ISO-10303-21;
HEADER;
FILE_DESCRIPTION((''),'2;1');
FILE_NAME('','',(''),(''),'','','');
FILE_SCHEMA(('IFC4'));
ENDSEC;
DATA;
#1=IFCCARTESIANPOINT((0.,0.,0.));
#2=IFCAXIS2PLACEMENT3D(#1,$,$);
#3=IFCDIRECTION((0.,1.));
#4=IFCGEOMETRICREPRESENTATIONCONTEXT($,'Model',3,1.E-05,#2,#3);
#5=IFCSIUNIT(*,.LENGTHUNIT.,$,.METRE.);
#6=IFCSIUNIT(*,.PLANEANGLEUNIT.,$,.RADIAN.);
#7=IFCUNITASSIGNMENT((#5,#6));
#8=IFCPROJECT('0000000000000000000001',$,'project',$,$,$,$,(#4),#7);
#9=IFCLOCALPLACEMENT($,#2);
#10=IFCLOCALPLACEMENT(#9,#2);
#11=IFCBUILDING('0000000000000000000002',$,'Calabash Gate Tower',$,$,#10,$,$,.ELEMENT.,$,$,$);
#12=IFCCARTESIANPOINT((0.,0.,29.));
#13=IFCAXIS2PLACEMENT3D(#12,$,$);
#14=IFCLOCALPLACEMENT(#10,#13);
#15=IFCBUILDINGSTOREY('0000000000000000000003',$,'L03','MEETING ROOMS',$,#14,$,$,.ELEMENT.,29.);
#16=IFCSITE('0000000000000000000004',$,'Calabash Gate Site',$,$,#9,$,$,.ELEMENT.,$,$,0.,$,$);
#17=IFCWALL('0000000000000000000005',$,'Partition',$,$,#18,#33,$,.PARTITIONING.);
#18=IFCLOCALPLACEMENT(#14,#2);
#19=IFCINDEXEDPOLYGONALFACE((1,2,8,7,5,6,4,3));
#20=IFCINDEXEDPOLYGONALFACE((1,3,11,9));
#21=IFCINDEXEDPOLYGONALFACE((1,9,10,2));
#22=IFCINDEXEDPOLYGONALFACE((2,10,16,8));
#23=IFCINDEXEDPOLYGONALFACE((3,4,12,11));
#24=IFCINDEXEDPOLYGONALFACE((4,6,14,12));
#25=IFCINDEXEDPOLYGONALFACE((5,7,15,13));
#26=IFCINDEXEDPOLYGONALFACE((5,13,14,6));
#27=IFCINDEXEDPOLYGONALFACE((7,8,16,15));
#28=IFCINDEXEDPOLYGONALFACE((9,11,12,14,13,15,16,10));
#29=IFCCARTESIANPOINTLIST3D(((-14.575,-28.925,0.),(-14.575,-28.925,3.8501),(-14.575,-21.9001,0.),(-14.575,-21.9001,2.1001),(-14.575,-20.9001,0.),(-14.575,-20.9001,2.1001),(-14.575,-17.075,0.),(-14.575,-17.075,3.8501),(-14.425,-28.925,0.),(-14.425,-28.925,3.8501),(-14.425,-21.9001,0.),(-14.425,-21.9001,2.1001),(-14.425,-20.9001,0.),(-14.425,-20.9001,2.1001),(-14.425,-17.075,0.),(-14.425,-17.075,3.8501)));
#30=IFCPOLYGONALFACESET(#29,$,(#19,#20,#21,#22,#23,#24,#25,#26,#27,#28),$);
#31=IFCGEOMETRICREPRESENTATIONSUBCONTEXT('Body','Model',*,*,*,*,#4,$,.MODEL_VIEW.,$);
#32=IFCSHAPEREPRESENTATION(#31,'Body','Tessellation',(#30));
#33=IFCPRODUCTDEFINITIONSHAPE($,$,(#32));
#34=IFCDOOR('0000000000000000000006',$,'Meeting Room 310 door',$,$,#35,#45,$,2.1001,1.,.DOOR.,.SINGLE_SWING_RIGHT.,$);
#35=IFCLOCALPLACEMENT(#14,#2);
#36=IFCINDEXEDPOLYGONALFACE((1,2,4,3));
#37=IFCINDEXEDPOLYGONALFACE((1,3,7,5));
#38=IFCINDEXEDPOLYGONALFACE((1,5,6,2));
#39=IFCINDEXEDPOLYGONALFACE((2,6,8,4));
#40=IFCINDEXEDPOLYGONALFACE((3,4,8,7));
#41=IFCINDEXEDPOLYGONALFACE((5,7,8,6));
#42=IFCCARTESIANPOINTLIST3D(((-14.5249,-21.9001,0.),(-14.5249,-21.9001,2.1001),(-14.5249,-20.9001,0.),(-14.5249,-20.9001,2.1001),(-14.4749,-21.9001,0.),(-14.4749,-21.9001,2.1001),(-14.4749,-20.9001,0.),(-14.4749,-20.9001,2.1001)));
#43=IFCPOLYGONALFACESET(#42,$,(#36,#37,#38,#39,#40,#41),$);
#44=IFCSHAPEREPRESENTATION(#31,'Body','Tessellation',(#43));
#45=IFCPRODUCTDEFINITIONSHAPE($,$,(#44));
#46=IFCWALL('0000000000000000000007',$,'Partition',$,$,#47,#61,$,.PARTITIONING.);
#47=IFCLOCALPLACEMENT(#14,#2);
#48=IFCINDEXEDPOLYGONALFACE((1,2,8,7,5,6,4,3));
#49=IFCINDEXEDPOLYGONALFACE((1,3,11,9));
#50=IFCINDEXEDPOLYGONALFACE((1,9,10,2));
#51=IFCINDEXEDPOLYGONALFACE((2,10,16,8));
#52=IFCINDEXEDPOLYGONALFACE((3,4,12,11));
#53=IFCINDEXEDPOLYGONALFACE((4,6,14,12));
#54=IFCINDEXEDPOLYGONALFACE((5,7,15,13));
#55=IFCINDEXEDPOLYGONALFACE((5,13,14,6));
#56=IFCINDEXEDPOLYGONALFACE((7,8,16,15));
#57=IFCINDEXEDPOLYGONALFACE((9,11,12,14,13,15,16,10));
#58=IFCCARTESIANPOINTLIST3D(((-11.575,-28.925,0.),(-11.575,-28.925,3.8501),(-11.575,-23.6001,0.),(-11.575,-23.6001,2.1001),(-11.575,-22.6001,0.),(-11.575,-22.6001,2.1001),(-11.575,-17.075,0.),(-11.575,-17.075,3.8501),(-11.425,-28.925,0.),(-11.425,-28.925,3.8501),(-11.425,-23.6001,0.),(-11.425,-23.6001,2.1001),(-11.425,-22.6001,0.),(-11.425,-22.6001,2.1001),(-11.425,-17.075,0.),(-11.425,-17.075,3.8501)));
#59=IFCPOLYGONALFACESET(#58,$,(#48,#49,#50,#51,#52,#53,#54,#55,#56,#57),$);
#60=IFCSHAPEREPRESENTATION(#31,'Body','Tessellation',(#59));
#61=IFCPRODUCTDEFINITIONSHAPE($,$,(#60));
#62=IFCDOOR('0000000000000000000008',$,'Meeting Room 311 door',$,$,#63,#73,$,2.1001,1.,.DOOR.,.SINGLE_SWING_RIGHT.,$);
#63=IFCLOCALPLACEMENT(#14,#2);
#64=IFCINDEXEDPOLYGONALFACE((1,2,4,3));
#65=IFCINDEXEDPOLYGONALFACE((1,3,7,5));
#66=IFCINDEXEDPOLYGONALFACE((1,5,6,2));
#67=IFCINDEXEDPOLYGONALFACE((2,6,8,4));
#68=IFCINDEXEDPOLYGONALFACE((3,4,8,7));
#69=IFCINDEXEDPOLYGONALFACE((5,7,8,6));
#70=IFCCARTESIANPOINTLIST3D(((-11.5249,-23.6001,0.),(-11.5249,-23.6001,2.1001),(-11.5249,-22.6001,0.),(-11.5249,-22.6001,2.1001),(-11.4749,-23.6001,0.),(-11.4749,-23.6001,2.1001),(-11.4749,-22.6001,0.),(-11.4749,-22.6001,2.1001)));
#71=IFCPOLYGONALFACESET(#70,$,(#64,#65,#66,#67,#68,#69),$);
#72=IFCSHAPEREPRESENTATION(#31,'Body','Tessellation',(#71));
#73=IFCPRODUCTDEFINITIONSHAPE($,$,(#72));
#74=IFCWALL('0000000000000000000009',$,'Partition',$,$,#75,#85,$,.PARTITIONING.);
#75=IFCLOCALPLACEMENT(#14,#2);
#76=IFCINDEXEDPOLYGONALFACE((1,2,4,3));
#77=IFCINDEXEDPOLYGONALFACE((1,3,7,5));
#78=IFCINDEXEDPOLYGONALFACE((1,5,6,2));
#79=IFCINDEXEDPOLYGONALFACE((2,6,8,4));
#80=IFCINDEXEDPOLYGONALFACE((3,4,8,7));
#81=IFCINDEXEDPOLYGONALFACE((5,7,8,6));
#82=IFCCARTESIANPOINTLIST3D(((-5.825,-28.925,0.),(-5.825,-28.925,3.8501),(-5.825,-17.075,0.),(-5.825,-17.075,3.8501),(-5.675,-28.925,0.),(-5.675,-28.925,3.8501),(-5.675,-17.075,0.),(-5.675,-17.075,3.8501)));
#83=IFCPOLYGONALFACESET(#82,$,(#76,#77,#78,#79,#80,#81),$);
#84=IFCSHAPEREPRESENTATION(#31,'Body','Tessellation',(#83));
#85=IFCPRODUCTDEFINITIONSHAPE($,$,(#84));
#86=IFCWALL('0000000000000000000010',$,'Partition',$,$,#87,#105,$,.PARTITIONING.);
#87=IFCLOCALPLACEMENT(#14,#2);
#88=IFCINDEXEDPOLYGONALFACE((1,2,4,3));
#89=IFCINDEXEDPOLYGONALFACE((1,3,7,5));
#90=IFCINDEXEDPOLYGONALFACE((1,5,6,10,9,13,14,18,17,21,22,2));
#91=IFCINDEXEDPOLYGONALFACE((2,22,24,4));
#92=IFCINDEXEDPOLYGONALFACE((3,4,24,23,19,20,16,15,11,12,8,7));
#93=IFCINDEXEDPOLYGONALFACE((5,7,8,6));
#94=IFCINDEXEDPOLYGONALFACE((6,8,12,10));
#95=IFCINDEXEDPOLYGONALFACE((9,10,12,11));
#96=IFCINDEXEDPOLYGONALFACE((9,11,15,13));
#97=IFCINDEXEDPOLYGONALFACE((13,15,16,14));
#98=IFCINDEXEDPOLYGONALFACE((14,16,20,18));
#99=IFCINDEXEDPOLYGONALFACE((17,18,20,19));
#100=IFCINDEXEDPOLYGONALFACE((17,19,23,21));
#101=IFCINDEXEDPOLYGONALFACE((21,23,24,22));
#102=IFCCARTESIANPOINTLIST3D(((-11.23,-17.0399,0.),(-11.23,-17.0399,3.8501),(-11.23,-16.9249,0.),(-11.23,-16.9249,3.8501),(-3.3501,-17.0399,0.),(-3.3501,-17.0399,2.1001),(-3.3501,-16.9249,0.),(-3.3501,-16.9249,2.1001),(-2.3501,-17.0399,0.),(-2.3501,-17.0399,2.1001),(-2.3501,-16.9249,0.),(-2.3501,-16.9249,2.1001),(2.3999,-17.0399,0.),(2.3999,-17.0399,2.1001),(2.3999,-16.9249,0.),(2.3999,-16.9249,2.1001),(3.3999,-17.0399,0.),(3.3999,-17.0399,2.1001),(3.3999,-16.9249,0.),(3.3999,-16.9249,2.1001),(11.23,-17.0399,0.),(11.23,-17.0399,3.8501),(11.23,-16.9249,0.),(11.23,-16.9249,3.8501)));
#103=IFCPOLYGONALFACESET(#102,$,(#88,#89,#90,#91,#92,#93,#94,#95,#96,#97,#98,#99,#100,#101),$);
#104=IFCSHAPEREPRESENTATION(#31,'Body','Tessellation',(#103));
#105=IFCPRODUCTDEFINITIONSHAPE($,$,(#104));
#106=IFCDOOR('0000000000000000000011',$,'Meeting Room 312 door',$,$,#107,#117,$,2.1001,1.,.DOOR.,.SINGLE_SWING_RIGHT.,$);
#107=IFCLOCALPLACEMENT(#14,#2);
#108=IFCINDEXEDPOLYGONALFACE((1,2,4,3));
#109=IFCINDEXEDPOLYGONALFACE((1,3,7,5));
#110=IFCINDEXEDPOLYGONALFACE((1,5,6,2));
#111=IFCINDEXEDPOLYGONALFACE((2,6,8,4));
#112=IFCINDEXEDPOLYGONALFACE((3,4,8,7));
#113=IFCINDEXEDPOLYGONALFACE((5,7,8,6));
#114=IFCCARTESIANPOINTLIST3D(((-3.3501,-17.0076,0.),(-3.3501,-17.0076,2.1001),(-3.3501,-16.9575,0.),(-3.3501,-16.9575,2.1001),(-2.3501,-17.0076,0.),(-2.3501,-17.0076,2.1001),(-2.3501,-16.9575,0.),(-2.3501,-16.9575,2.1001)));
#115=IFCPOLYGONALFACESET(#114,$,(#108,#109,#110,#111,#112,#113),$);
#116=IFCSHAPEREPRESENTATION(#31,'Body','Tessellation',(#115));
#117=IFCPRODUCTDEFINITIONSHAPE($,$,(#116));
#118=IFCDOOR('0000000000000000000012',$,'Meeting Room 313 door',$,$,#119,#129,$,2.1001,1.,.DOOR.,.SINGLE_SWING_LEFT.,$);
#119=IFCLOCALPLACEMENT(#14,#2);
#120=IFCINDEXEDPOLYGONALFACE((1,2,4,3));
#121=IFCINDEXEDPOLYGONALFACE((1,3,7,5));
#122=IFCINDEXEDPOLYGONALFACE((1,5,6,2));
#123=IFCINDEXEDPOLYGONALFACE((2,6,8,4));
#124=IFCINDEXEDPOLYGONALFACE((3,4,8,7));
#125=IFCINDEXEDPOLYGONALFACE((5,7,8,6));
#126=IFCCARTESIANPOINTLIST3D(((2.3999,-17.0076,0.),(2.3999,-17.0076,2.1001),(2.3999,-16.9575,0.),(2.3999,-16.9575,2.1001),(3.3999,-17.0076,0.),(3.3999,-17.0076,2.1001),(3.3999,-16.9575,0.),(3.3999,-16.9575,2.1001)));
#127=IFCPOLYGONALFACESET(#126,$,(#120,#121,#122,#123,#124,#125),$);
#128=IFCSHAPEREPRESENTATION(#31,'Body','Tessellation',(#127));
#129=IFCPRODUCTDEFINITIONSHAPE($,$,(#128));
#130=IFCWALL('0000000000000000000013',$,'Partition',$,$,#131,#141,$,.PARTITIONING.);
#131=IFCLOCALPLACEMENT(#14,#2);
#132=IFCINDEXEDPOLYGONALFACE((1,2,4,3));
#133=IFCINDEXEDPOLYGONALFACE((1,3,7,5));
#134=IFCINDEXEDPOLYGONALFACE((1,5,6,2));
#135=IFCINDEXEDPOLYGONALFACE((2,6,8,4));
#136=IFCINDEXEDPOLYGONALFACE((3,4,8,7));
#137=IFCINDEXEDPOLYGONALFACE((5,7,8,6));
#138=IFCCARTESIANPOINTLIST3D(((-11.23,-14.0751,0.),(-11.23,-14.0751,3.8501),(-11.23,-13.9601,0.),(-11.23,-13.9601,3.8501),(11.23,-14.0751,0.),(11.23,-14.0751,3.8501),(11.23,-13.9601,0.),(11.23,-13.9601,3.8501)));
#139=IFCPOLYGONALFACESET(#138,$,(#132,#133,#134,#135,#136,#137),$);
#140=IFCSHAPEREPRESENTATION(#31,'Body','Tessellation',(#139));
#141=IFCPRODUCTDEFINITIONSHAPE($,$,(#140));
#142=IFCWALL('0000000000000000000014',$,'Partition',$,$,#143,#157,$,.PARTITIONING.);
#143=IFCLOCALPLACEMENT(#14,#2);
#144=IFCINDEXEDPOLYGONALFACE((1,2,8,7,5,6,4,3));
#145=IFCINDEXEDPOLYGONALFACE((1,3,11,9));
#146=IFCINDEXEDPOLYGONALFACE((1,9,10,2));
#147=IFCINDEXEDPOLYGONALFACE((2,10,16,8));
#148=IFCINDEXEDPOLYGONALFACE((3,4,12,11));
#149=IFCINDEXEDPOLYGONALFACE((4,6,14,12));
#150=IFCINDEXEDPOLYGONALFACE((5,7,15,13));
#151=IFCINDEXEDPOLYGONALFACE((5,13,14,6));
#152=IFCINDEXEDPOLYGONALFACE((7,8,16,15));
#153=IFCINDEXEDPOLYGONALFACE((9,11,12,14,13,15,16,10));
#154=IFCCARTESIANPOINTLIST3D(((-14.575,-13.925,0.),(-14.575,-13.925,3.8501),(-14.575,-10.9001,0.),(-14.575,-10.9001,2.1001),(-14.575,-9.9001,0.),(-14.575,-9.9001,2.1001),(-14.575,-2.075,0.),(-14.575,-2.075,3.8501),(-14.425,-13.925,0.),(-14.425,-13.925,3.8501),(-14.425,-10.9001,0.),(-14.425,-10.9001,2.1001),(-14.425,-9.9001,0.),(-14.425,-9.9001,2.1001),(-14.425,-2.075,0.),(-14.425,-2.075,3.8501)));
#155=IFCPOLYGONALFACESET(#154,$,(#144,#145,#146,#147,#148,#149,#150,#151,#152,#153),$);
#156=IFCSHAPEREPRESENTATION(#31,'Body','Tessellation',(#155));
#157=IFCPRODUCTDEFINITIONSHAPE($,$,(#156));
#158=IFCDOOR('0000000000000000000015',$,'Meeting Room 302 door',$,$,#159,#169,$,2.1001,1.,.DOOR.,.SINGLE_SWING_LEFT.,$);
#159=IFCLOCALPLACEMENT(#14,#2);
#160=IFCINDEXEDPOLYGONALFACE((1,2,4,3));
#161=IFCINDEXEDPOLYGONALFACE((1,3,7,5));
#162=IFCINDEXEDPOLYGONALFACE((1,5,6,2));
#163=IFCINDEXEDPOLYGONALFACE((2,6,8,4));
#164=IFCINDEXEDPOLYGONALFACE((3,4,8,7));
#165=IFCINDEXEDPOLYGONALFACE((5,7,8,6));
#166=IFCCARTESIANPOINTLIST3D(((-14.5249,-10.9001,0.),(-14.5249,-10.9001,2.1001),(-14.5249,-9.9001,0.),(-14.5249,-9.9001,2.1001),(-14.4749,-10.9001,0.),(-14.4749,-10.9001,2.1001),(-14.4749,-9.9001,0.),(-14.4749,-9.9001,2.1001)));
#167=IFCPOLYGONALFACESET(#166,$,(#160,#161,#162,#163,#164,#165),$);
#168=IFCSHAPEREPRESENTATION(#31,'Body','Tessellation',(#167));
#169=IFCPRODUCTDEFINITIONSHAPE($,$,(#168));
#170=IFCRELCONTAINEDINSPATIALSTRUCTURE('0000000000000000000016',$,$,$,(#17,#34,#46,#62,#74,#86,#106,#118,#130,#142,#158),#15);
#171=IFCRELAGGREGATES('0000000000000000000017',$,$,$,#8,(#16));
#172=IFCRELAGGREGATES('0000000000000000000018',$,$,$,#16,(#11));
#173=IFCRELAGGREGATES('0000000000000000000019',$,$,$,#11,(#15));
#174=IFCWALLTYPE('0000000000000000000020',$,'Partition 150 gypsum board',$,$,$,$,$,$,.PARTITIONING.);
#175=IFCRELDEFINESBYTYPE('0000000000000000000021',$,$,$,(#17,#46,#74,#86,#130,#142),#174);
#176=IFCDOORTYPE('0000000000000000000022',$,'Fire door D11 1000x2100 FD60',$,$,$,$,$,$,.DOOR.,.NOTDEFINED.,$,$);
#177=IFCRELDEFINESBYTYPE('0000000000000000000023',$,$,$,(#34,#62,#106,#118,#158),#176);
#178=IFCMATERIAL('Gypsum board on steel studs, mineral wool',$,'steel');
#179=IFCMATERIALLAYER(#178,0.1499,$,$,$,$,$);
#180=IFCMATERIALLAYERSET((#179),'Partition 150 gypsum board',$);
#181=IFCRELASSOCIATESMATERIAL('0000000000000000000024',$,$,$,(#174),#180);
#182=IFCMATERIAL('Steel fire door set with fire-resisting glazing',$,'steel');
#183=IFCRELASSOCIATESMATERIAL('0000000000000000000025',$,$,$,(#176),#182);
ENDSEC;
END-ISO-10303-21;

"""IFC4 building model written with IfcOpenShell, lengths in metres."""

from ifc_helpers import new_model, si_unit, direction, frame, frame_2d, origin, place, context, subcontext, project, spatial, rectangle, extrude, material, layer, layer_set, type_object, element, fill, save


model = new_model("IFC4")

# Units and contexts
model_context = context("Model", 3, precision=1e-05, world=origin(), true_north=direction((0.0, 1.0)))
body_context = subcontext(model_context, "Body", "Model", "MODEL_VIEW")
ifc_project = project(units=[si_unit("LENGTHUNIT", "METRE"), si_unit("PLANEANGLEUNIT", "RADIAN")], contexts=[model_context])

# Site, building, storey
site_placement = place(None, origin())
site = spatial("IfcSite", under=ifc_project, at=site_placement, Name="Calabash Gate Site", CompositionType="ELEMENT", RefElevation=0.0)
building_placement = place(site_placement, origin())
building = spatial("IfcBuilding", under=site, at=building_placement, Name="Calabash Gate Tower", CompositionType="ELEMENT")
storey_placement = place(building_placement, frame((0.0, 0.0, 29.0)))
storey = spatial("IfcBuildingStorey", under=building, at=storey_placement, Name="L03", Description="MEETING ROOMS", CompositionType="ELEMENT", Elevation=29.0)

# Shared definitions
ifc_material_1 = material(Name="Gypsum board on steel studs, mineral wool", Category="steel")
ifc_layer = layer(ifc_material_1, 0.1499)
ifc_layer_set = layer_set([ifc_layer], Name="Partition 150 gypsum board")
wall_type = type_object("IfcWallType", Name="Partition 150 gypsum board", PredefinedType="PARTITIONING", material=ifc_layer_set)

# Walls, openings, doors
wall_1_placement = place(storey_placement, frame((-14.5, -28.925, 0.0), z_axis=(0.0, 0.0, 1.0), x_axis=(0.0, 1.0, 0.0)))
wall_1 = element("IfcWall", 1, at=wall_1_placement, inside=storey, type_object=wall_type, Name="Partition", PredefinedType="PARTITIONING", context=body_context, shape_type="SweptSolid", body=[
    extrude(rectangle(XDim=11.8501, YDim=0.1499, at=frame_2d((5.925, 0.0))), origin(), (0.0, 0.0, 1.0), 3.8501),
])
opening_1_placement = place(wall_1_placement, frame((7.0249, 0.0, 0.0)))
opening_1 = element("IfcOpeningElement", 2, at=opening_1_placement, cuts=wall_1, PredefinedType="OPENING", context=body_context, shape_type="SweptSolid", body=[
    extrude(rectangle(XDim=1.0, YDim=2.1001, at=frame_2d((0.5, 1.05))), frame((0.0, 0.085, 0.0), z_axis=(0.0, -1.0, 0.0), x_axis=(1.0, 0.0, 0.0)), (0.0, 0.0, 1.0), 0.1699),
])
ifc_material_2 = material(Name="Steel fire door set with fire-resisting glazing", Category="steel")
door_type = type_object("IfcDoorType", Name="Fire door D11 1000x2100 FD60", OperationType="NOTDEFINED", PredefinedType="DOOR", material=ifc_material_2)
door_1_placement = place(opening_1_placement, origin())
door_1 = element("IfcDoor", 3, at=door_1_placement, inside=storey, type_object=door_type, Name="Meeting Room 310 door", OperationType="SINGLE_SWING_RIGHT", OverallHeight=2.1001, OverallWidth=1.0, PredefinedType="DOOR", context=body_context, shape_type="SweptSolid", body=[
    extrude(rectangle(XDim=1.0, YDim=2.1001, at=frame_2d((0.5, 1.05))), frame((0.0, 0.0249, 0.0), z_axis=(0.0, -1.0, 0.0), x_axis=(1.0, 0.0, 0.0)), (0.0, 0.0, 1.0), 0.05),
])
fill(opening_1, door_1)
wall_2_placement = place(storey_placement, frame((-11.5, -28.925, 0.0), z_axis=(0.0, 0.0, 1.0), x_axis=(0.0, 1.0, 0.0)))
wall_2 = element("IfcWall", 4, at=wall_2_placement, inside=storey, type_object=wall_type, Name="Partition", PredefinedType="PARTITIONING", context=body_context, shape_type="SweptSolid", body=[
    extrude(rectangle(XDim=11.8501, YDim=0.1499, at=frame_2d((5.925, 0.0))), origin(), (0.0, 0.0, 1.0), 3.8501),
])
opening_2_placement = place(wall_2_placement, frame((5.325, 0.0, 0.0)))
opening_2 = element("IfcOpeningElement", 5, at=opening_2_placement, cuts=wall_2, PredefinedType="OPENING", context=body_context, shape_type="SweptSolid", body=[
    extrude(rectangle(XDim=1.0, YDim=2.1001, at=frame_2d((0.5, 1.05))), frame((0.0, 0.085, 0.0), z_axis=(0.0, -1.0, 0.0), x_axis=(1.0, 0.0, 0.0)), (0.0, 0.0, 1.0), 0.1699),
])
door_2_placement = place(opening_2_placement, origin())
door_2 = element("IfcDoor", 6, at=door_2_placement, inside=storey, type_object=door_type, Name="Meeting Room 311 door", OperationType="SINGLE_SWING_RIGHT", OverallHeight=2.1001, OverallWidth=1.0, PredefinedType="DOOR", context=body_context, shape_type="SweptSolid", body=[
    extrude(rectangle(XDim=1.0, YDim=2.1001, at=frame_2d((0.5, 1.05))), frame((0.0, 0.0249, 0.0), z_axis=(0.0, -1.0, 0.0), x_axis=(1.0, 0.0, 0.0)), (0.0, 0.0, 1.0), 0.05),
])
fill(opening_2, door_2)

# Wall
wall_3_placement = place(storey_placement, frame((-5.75, -28.925, 0.0), z_axis=(0.0, 0.0, 1.0), x_axis=(0.0, 1.0, 0.0)))
element("IfcWall", 7, at=wall_3_placement, inside=storey, type_object=wall_type, Name="Partition", PredefinedType="PARTITIONING", context=body_context, shape_type="SweptSolid", body=[
    extrude(rectangle(XDim=11.8501, YDim=0.1499, at=frame_2d((5.925, 0.0))), origin(), (0.0, 0.0, 1.0), 3.8501),
])

# Wall, openings, doors
wall_4_placement = place(storey_placement, frame((-11.23, -16.9824, 0.0), z_axis=(0.0, 0.0, 1.0), x_axis=(1.0, 0.0, 0.0)))
wall_4 = element("IfcWall", 8, at=wall_4_placement, inside=storey, type_object=wall_type, Name="Partition", PredefinedType="PARTITIONING", context=body_context, shape_type="SweptSolid", body=[
    extrude(rectangle(XDim=22.46, YDim=0.115, at=frame_2d((11.23, 0.0))), origin(), (0.0, 0.0, 1.0), 3.8501),
])
opening_3_placement = place(wall_4_placement, frame((7.8799, 0.0, 0.0)))
opening_3 = element("IfcOpeningElement", 9, at=opening_3_placement, cuts=wall_4, PredefinedType="OPENING", context=body_context, shape_type="SweptSolid", body=[
    extrude(rectangle(XDim=1.0, YDim=2.1001, at=frame_2d((0.5, 1.05))), frame((0.0, 0.0674, 0.0), z_axis=(0.0, -1.0, 0.0), x_axis=(1.0, 0.0, 0.0)), (0.0, 0.0, 1.0), 0.135),
])
opening_4_placement = place(wall_4_placement, frame((13.6299, 0.0, 0.0)))
opening_4 = element("IfcOpeningElement", 10, at=opening_4_placement, cuts=wall_4, PredefinedType="OPENING", context=body_context, shape_type="SweptSolid", body=[
    extrude(rectangle(XDim=1.0, YDim=2.1001, at=frame_2d((0.5, 1.05))), frame((0.0, 0.0674, 0.0), z_axis=(0.0, -1.0, 0.0), x_axis=(1.0, 0.0, 0.0)), (0.0, 0.0, 1.0), 0.135),
])
door_3_placement = place(opening_3_placement, origin())
door_3 = element("IfcDoor", 11, at=door_3_placement, inside=storey, type_object=door_type, Name="Meeting Room 312 door", OperationType="SINGLE_SWING_RIGHT", OverallHeight=2.1001, OverallWidth=1.0, PredefinedType="DOOR", context=body_context, shape_type="SweptSolid", body=[
    extrude(rectangle(XDim=1.0, YDim=2.1001, at=frame_2d((0.5, 1.05))), frame((0.0, 0.0249, 0.0), z_axis=(0.0, -1.0, 0.0), x_axis=(1.0, 0.0, 0.0)), (0.0, 0.0, 1.0), 0.05),
])
fill(opening_3, door_3)
door_4_placement = place(opening_4_placement, origin())
door_4 = element("IfcDoor", 12, at=door_4_placement, inside=storey, type_object=door_type, Name="Meeting Room 313 door", OperationType="SINGLE_SWING_LEFT", OverallHeight=2.1001, OverallWidth=1.0, PredefinedType="DOOR", context=body_context, shape_type="SweptSolid", body=[
    extrude(rectangle(XDim=1.0, YDim=2.1001, at=frame_2d((0.5, 1.05))), frame((0.0, 0.0249, 0.0), z_axis=(0.0, -1.0, 0.0), x_axis=(1.0, 0.0, 0.0)), (0.0, 0.0, 1.0), 0.05),
])
fill(opening_4, door_4)

# Wall
wall_5_placement = place(storey_placement, frame((-11.23, -14.0176, 0.0), z_axis=(0.0, 0.0, 1.0), x_axis=(1.0, 0.0, 0.0)))
element("IfcWall", 13, at=wall_5_placement, inside=storey, type_object=wall_type, Name="Partition", PredefinedType="PARTITIONING", context=body_context, shape_type="SweptSolid", body=[
    extrude(rectangle(XDim=22.46, YDim=0.115, at=frame_2d((11.23, 0.0))), origin(), (0.0, 0.0, 1.0), 3.8501),
])

# Wall, opening, door
wall_6_placement = place(storey_placement, frame((-14.5, -13.925, 0.0), z_axis=(0.0, 0.0, 1.0), x_axis=(0.0, 1.0, 0.0)))
wall_6 = element("IfcWall", 14, at=wall_6_placement, inside=storey, type_object=wall_type, Name="Partition", PredefinedType="PARTITIONING", context=body_context, shape_type="SweptSolid", body=[
    extrude(rectangle(XDim=11.8501, YDim=0.1499, at=frame_2d((5.925, 0.0))), origin(), (0.0, 0.0, 1.0), 3.8501),
])
opening_5_placement = place(wall_6_placement, frame((3.0249, 0.0, 0.0)))
opening_5 = element("IfcOpeningElement", 15, at=opening_5_placement, cuts=wall_6, PredefinedType="OPENING", context=body_context, shape_type="SweptSolid", body=[
    extrude(rectangle(XDim=1.0, YDim=2.1001, at=frame_2d((0.5, 1.05))), frame((0.0, 0.085, 0.0), z_axis=(0.0, -1.0, 0.0), x_axis=(1.0, 0.0, 0.0)), (0.0, 0.0, 1.0), 0.1699),
])
door_5_placement = place(opening_5_placement, origin())
door_5 = element("IfcDoor", 16, at=door_5_placement, inside=storey, type_object=door_type, Name="Meeting Room 302 door", OperationType="SINGLE_SWING_LEFT", OverallHeight=2.1001, OverallWidth=1.0, PredefinedType="DOOR", context=body_context, shape_type="SweptSolid", body=[
    extrude(rectangle(XDim=1.0, YDim=2.1001, at=frame_2d((0.5, 1.05))), frame((0.0, 0.0249, 0.0), z_axis=(0.0, -1.0, 0.0), x_axis=(1.0, 0.0, 0.0)), (0.0, 0.0, 1.0), 0.05),
])
fill(opening_5, door_5)

save(model, "model.ifc")
